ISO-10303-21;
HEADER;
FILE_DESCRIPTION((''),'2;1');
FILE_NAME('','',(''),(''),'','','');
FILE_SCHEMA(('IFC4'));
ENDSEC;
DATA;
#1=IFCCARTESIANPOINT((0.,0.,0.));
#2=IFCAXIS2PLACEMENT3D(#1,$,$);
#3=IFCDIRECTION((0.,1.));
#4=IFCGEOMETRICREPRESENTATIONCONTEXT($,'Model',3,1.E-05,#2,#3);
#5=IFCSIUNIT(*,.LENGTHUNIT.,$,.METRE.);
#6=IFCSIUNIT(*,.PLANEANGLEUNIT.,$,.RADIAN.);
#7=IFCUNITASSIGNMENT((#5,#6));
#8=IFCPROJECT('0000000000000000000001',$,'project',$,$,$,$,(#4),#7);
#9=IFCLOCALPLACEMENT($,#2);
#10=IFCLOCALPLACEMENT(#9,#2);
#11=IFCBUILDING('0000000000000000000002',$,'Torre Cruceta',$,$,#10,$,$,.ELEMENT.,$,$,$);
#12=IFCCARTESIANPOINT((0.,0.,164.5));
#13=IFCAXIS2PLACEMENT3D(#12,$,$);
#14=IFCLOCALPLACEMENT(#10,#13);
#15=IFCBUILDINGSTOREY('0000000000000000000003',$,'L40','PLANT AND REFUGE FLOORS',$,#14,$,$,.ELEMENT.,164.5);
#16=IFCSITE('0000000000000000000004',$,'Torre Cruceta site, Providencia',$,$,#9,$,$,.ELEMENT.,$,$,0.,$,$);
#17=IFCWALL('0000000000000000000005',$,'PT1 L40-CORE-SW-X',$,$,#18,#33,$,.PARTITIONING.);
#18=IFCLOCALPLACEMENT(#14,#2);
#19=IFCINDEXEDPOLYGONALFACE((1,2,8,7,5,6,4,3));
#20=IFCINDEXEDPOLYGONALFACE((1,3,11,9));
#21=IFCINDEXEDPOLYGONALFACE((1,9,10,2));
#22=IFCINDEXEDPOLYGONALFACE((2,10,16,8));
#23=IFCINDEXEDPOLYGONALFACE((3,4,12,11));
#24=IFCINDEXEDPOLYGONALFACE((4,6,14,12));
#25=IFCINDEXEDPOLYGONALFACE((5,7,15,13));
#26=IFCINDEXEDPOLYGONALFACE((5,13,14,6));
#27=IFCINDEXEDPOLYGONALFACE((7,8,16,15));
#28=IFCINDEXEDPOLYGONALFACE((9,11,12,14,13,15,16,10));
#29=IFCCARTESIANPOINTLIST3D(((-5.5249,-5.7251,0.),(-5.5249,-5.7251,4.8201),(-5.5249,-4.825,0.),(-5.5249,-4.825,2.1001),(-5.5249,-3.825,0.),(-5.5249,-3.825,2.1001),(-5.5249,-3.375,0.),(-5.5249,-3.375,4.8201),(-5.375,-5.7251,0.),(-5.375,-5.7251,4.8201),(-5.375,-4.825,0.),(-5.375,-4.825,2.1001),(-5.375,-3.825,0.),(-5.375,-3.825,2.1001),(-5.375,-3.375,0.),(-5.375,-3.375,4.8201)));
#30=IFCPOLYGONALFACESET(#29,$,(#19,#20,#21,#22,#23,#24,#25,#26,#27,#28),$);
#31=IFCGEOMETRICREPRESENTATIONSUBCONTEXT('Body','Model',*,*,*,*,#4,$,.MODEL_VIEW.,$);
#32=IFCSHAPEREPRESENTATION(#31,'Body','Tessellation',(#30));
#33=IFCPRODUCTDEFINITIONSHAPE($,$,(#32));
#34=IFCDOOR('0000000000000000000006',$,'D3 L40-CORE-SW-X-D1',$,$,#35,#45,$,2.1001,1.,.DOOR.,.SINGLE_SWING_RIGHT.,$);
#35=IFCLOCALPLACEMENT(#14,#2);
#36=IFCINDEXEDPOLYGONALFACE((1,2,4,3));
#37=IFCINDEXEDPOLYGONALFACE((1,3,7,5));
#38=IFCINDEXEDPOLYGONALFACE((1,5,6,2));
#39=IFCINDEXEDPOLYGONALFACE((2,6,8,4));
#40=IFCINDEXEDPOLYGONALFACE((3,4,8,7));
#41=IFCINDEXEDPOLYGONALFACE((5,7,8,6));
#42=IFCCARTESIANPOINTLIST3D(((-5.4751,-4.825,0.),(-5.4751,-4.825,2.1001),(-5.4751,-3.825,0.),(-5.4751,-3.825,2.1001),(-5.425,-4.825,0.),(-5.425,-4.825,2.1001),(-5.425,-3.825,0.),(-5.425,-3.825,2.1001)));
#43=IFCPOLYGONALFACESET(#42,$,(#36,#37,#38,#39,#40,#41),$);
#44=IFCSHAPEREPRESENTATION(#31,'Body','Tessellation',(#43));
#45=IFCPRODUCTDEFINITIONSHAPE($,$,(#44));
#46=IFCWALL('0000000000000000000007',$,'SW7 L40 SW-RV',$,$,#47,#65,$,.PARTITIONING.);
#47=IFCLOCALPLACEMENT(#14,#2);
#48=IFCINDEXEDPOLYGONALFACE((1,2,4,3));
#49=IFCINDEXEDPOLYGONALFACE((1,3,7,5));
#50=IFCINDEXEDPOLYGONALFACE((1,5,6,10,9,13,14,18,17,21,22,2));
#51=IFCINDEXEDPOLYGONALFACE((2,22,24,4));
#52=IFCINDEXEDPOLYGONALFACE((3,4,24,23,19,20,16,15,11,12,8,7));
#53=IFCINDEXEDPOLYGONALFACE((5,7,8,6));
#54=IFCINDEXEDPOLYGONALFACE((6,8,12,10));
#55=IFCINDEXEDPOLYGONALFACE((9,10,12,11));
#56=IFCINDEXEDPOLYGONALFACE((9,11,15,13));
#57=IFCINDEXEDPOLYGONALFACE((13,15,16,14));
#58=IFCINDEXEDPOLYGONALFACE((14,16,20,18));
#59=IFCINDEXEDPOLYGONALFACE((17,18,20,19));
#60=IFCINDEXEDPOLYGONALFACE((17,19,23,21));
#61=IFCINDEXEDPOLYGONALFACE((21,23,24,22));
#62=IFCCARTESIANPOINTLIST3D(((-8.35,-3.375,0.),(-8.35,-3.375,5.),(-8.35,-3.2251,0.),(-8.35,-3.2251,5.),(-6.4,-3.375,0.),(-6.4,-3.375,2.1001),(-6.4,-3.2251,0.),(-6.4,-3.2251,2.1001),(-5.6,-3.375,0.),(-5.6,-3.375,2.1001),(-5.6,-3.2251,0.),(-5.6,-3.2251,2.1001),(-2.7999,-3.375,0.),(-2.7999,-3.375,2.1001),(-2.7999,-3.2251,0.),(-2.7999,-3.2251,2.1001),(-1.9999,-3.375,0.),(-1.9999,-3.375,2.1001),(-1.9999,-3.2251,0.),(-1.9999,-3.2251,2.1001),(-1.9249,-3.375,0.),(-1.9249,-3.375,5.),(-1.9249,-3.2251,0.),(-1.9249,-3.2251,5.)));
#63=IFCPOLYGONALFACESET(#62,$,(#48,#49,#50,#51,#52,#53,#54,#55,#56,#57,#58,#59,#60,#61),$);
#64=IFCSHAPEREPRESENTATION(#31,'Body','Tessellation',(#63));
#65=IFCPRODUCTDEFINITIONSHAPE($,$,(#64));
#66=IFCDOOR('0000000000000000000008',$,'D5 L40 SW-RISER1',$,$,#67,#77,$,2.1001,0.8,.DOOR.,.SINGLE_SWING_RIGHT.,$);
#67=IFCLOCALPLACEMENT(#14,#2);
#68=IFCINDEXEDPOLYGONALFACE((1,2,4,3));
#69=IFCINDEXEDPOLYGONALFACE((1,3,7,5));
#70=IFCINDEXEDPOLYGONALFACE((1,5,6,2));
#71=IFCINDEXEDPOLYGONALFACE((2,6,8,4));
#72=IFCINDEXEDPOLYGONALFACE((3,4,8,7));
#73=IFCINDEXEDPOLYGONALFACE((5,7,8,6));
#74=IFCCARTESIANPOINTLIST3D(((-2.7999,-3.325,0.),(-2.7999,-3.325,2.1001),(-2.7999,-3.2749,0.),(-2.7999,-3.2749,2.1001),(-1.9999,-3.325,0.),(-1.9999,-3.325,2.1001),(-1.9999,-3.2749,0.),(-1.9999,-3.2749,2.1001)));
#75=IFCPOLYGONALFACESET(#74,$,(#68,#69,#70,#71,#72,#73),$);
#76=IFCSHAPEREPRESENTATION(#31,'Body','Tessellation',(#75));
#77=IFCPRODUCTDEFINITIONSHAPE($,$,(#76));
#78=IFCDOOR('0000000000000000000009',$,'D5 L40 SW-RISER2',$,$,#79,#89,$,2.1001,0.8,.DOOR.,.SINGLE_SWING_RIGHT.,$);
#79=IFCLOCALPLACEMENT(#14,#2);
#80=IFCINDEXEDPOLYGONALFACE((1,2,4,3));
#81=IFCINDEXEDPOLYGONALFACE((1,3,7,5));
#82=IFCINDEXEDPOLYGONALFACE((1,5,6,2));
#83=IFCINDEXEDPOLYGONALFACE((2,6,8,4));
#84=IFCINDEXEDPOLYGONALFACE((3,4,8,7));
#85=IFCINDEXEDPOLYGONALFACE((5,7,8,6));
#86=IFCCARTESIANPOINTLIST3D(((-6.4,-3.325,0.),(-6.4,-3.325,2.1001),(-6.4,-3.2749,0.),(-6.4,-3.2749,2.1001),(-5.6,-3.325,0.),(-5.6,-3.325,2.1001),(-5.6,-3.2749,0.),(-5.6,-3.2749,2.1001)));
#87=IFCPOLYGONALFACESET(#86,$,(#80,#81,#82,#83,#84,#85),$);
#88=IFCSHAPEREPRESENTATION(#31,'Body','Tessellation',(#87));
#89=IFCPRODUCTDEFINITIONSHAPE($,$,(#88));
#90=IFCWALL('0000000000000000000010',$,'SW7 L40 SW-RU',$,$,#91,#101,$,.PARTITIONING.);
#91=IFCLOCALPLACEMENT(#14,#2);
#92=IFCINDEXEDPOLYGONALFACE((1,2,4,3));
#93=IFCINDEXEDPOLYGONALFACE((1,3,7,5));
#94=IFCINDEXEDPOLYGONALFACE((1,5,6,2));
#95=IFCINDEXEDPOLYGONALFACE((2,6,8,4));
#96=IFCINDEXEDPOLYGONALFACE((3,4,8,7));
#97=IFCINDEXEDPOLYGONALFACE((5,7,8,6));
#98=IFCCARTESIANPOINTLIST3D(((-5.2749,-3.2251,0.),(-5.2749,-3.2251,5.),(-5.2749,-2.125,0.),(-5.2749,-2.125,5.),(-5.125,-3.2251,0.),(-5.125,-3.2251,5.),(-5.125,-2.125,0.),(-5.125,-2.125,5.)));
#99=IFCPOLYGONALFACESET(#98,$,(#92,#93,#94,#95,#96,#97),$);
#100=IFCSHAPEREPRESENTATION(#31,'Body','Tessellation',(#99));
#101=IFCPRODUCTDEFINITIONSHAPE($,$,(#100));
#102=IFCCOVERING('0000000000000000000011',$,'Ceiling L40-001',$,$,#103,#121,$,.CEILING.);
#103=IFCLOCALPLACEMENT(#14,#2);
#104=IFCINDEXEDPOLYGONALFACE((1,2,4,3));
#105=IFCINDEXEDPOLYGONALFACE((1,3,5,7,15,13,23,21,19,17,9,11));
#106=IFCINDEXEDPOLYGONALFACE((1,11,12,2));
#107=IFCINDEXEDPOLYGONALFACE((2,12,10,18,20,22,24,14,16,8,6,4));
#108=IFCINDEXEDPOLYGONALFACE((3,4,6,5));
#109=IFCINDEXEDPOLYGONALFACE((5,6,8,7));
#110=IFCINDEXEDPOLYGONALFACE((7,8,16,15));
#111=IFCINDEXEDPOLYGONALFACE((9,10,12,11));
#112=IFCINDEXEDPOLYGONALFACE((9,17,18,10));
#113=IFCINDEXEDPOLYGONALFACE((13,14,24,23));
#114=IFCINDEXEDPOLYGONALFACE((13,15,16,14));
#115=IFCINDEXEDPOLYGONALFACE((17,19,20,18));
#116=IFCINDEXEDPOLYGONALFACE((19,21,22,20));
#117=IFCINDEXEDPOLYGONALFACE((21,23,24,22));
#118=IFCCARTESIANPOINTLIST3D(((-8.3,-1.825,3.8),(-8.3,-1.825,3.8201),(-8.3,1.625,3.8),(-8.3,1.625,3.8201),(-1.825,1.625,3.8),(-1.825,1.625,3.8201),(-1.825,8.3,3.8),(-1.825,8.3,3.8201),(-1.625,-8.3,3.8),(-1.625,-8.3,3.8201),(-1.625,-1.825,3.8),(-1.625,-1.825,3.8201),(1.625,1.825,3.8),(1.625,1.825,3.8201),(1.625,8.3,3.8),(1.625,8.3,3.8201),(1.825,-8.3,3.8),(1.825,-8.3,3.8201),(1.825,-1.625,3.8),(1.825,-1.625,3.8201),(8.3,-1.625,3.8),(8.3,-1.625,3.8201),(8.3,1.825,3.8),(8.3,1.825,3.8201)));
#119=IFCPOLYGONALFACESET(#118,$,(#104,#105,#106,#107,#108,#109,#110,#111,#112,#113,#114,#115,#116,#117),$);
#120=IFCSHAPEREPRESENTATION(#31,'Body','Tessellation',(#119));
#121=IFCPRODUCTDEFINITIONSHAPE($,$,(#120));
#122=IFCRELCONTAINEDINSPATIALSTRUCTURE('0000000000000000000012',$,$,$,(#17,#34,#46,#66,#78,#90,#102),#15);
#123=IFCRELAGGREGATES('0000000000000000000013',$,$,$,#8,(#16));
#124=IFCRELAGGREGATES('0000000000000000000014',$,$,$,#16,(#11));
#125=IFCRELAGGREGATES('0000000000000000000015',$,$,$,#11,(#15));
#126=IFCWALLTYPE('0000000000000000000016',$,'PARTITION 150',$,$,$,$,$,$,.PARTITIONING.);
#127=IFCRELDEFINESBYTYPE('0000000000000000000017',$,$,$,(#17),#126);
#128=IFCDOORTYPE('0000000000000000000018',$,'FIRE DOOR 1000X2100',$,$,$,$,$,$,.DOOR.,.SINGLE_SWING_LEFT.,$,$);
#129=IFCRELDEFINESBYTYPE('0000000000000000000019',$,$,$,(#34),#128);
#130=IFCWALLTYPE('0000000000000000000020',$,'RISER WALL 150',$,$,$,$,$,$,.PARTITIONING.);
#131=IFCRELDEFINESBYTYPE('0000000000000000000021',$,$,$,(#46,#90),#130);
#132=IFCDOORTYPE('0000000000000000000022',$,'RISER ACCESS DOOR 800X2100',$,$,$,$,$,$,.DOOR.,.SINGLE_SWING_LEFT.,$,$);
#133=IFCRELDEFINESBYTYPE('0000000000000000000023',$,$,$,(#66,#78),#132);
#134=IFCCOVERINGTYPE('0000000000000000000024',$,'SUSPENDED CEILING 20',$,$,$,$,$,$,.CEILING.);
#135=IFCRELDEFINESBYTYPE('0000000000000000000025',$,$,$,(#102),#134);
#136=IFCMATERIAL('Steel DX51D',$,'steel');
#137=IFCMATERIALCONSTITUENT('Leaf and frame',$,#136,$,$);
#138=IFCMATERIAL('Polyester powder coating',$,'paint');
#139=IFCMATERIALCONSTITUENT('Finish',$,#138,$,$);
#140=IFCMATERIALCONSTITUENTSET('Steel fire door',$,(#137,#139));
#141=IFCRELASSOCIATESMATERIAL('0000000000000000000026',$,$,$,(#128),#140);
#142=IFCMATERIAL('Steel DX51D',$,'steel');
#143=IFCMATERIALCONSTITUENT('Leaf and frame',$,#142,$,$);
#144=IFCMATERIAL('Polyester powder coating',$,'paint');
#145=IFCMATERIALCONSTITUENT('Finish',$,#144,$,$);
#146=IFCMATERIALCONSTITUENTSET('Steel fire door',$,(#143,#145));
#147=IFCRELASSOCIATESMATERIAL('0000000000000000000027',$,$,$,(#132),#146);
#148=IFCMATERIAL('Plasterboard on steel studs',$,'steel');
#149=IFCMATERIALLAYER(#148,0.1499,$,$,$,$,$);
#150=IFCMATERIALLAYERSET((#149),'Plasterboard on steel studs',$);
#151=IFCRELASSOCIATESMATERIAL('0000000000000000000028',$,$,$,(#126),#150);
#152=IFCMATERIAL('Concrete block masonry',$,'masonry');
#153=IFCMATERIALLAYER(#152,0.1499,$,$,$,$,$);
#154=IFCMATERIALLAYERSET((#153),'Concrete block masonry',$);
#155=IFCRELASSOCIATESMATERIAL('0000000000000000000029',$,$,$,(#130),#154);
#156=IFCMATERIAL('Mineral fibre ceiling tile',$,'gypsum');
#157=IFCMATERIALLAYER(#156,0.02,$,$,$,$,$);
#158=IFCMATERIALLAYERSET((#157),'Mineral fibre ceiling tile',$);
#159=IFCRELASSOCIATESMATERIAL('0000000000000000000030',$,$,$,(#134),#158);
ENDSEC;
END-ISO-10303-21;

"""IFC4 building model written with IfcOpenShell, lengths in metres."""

from ifc_helpers import new_model, si_unit, direction, frame, frame_2d, origin, place, context, subcontext, project, spatial, polyline, rectangle, outline, extrude, material, layer, layer_set, constituent, constituent_set, type_object, element, fill, save


model = new_model("IFC4")

# Units and contexts
model_context = context("Model", 3, precision=1e-05, world=origin(), true_north=direction((0.0, 1.0)))
body_context = subcontext(model_context, "Body", "Model", "MODEL_VIEW")
ifc_project = project(units=[si_unit("LENGTHUNIT", "METRE"), si_unit("PLANEANGLEUNIT", "RADIAN")], contexts=[model_context])

# Site, building, storey
site_placement = place(None, origin())
site = spatial("IfcSite", under=ifc_project, at=site_placement, Name="Torre Cruceta site, Providencia", CompositionType="ELEMENT", RefElevation=0.0)
building_placement = place(site_placement, origin())
building = spatial("IfcBuilding", under=site, at=building_placement, Name="Torre Cruceta", CompositionType="ELEMENT")
storey_placement = place(building_placement, frame((0.0, 0.0, 164.5)))
storey = spatial("IfcBuildingStorey", under=building, at=storey_placement, Name="L40", Description="PLANT AND REFUGE FLOORS", CompositionType="ELEMENT", Elevation=164.5)

# Shared definitions
ifc_material_1 = material(Name="Steel DX51D", Category="steel")
ifc_constituent_1 = constituent(ifc_material_1, Name="Leaf and frame")
ifc_material_2 = material(Name="Polyester powder coating", Category="paint")
ifc_constituent_2 = constituent(ifc_material_2, Name="Finish")
ifc_constituent_set_1 = constituent_set(constituents=[ifc_constituent_1, ifc_constituent_2], Name="Steel fire door")
door_type_1 = type_object("IfcDoorType", Name="FIRE DOOR 1000X2100", OperationType="SINGLE_SWING_LEFT", PredefinedType="DOOR", material=ifc_constituent_set_1)

# Shared definitions
ifc_material_3 = material(Name="Steel DX51D", Category="steel")
ifc_constituent_3 = constituent(ifc_material_3, Name="Leaf and frame")
ifc_material_4 = material(Name="Polyester powder coating", Category="paint")
ifc_constituent_4 = constituent(ifc_material_4, Name="Finish")
ifc_constituent_set_2 = constituent_set(constituents=[ifc_constituent_3, ifc_constituent_4], Name="Steel fire door")
door_type_2 = type_object("IfcDoorType", Name="RISER ACCESS DOOR 800X2100", OperationType="SINGLE_SWING_LEFT", PredefinedType="DOOR", material=ifc_constituent_set_2)

# Wall, opening, door
ifc_material_5 = material(Name="Plasterboard on steel studs", Category="steel")
ifc_layer_1 = layer(ifc_material_5, 0.1499)
ifc_layer_set_1 = layer_set([ifc_layer_1], Name="Plasterboard on steel studs")
wall_type_1 = type_object("IfcWallType", Name="PARTITION 150", PredefinedType="PARTITIONING", material=ifc_layer_set_1)
wall_1_placement = place(storey_placement, frame((-5.45, -3.375, 0.0), z_axis=(0.0, 0.0, 1.0), x_axis=(0.0, -1.0, 0.0)))
wall_1 = element("IfcWall", 1, at=wall_1_placement, inside=storey, type_object=wall_type_1, Name="PT1 L40-CORE-SW-X", PredefinedType="PARTITIONING", context=body_context, shape_type="SweptSolid", body=[
    extrude(rectangle(XDim=2.3501, YDim=0.1499, at=frame_2d((1.175, 0.0))), origin(), (0.0, 0.0, 1.0), 4.8201),
])
opening_1_placement = place(wall_1_placement, frame((0.45, 0.0, 0.0)))
opening_1 = element("IfcOpeningElement", 2, at=opening_1_placement, cuts=wall_1, PredefinedType="OPENING", context=body_context, shape_type="SweptSolid", body=[
    extrude(rectangle(XDim=1.0, YDim=2.1001, at=frame_2d((0.5, 1.05))), frame((0.0, 0.085, 0.0), z_axis=(0.0, -1.0, 0.0), x_axis=(1.0, 0.0, 0.0)), (0.0, 0.0, 1.0), 0.1699),
])
door_1_placement = place(opening_1_placement, frame((1.0, 0.0, 0.0), z_axis=(0.0, 0.0, 1.0), x_axis=(-1.0, 0.0, 0.0)))
door_1 = element("IfcDoor", 3, at=door_1_placement, inside=storey, type_object=door_type_1, Name="D3 L40-CORE-SW-X-D1", OperationType="SINGLE_SWING_RIGHT", OverallHeight=2.1001, OverallWidth=1.0, PredefinedType="DOOR", context=body_context, shape_type="SweptSolid", body=[
    extrude(rectangle(XDim=1.0, YDim=2.1001, at=frame_2d((0.5, 1.05))), frame((0.0, 0.0251, 0.0), z_axis=(0.0, -1.0, 0.0), x_axis=(1.0, 0.0, 0.0)), (0.0, 0.0, 1.0), 0.05),
])
fill(opening_1, door_1)

# Wall, openings, doors
ifc_material_6 = material(Name="Concrete block masonry", Category="masonry")
ifc_layer_2 = layer(ifc_material_6, 0.1499)
ifc_layer_set_2 = layer_set([ifc_layer_2], Name="Concrete block masonry")
wall_type_2 = type_object("IfcWallType", Name="RISER WALL 150", PredefinedType="PARTITIONING", material=ifc_layer_set_2)
wall_2_placement = place(storey_placement, frame((-1.925, -3.3, 0.0), z_axis=(0.0, 0.0, 1.0), x_axis=(-1.0, 0.0, 0.0)))
wall_2 = element("IfcWall", 4, at=wall_2_placement, inside=storey, type_object=wall_type_2, Name="SW7 L40 SW-RV", PredefinedType="PARTITIONING", context=body_context, shape_type="SweptSolid", body=[
    extrude(rectangle(XDim=6.425, YDim=0.1499, at=frame_2d((3.2124, 0.0))), origin(), (0.0, 0.0, 1.0), 5.0),
])
opening_2_placement = place(wall_2_placement, frame((0.075, 0.0, 0.0)))
opening_2 = element("IfcOpeningElement", 5, at=opening_2_placement, cuts=wall_2, PredefinedType="OPENING", context=body_context, shape_type="SweptSolid", body=[
    extrude(rectangle(XDim=0.8, YDim=2.1001, at=frame_2d((0.3999, 1.05))), frame((0.0, 0.085, 0.0), z_axis=(0.0, -1.0, 0.0), x_axis=(1.0, 0.0, 0.0)), (0.0, 0.0, 1.0), 0.1699),
])
opening_3_placement = place(wall_2_placement, frame((3.675, 0.0, 0.0)))
opening_3 = element("IfcOpeningElement", 6, at=opening_3_placement, cuts=wall_2, PredefinedType="OPENING", context=body_context, shape_type="SweptSolid", body=[
    extrude(rectangle(XDim=0.8, YDim=2.1001, at=frame_2d((0.3999, 1.05))), frame((0.0, 0.085, 0.0), z_axis=(0.0, -1.0, 0.0), x_axis=(1.0, 0.0, 0.0)), (0.0, 0.0, 1.0), 0.1699),
])
door_2_placement = place(opening_2_placement, frame((0.8, 0.0, 0.0), z_axis=(0.0, 0.0, 1.0), x_axis=(-1.0, 0.0, 0.0)))
door_2 = element("IfcDoor", 7, at=door_2_placement, inside=storey, type_object=door_type_2, Name="D5 L40 SW-RISER1", OperationType="SINGLE_SWING_RIGHT", OverallHeight=2.1001, OverallWidth=0.8, PredefinedType="DOOR", context=body_context, shape_type="SweptSolid", body=[
    extrude(rectangle(XDim=0.8, YDim=2.1001, at=frame_2d((0.4001, 1.05))), frame((0.0, 0.0251, 0.0), z_axis=(0.0, -1.0, 0.0), x_axis=(1.0, 0.0, 0.0)), (0.0, 0.0, 1.0), 0.05),
])
fill(opening_2, door_2)
door_3_placement = place(opening_3_placement, frame((0.8, 0.0, 0.0), z_axis=(0.0, 0.0, 1.0), x_axis=(-1.0, 0.0, 0.0)))
door_3 = element("IfcDoor", 8, at=door_3_placement, inside=storey, type_object=door_type_2, Name="D5 L40 SW-RISER2", OperationType="SINGLE_SWING_RIGHT", OverallHeight=2.1001, OverallWidth=0.8, PredefinedType="DOOR", context=body_context, shape_type="SweptSolid", body=[
    extrude(rectangle(XDim=0.8, YDim=2.1001, at=frame_2d((0.4001, 1.05))), frame((0.0, 0.0251, 0.0), z_axis=(0.0, -1.0, 0.0), x_axis=(1.0, 0.0, 0.0)), (0.0, 0.0, 1.0), 0.05),
])
fill(opening_3, door_3)

# Wall
wall_3_placement = place(storey_placement, frame((-5.2, -2.125, 0.0), z_axis=(0.0, 0.0, 1.0), x_axis=(0.0, -1.0, 0.0)))
element("IfcWall", 9, at=wall_3_placement, inside=storey, type_object=wall_type_2, Name="SW7 L40 SW-RU", PredefinedType="PARTITIONING", context=body_context, shape_type="SweptSolid", body=[
    extrude(rectangle(XDim=1.1001, YDim=0.1499, at=frame_2d((0.55, 0.0))), origin(), (0.0, 0.0, 1.0), 5.0),
])

# Covering
ifc_material_7 = material(Name="Mineral fibre ceiling tile", Category="gypsum")
ifc_layer_3 = layer(ifc_material_7, 0.02)
ifc_layer_set_3 = layer_set([ifc_layer_3], Name="Mineral fibre ceiling tile")
covering_type = type_object("IfcCoveringType", Name="SUSPENDED CEILING 20", PredefinedType="CEILING", material=ifc_layer_set_3)
covering_placement = place(storey_placement, frame((0.0, 0.0, 3.8)))
element("IfcCovering", 10, at=covering_placement, inside=storey, type_object=covering_type, Name="Ceiling L40-001", PredefinedType="CEILING", context=body_context, shape_type="SweptSolid", body=[
    extrude(outline(polyline([(-1.625, -8.3), (-1.625, -1.825), (-8.3, -1.825), (-8.3, 1.625), (-1.825, 1.625), (-1.825, 8.3), (1.625, 8.3), (1.625, 1.825), (8.3, 1.825), (8.3, -1.625), (1.825, -1.625), (1.825, -8.3), (-1.625, -8.3)])), origin(), (0.0, 0.0, 1.0), 0.02),
])

save(model, "model.ifc")
